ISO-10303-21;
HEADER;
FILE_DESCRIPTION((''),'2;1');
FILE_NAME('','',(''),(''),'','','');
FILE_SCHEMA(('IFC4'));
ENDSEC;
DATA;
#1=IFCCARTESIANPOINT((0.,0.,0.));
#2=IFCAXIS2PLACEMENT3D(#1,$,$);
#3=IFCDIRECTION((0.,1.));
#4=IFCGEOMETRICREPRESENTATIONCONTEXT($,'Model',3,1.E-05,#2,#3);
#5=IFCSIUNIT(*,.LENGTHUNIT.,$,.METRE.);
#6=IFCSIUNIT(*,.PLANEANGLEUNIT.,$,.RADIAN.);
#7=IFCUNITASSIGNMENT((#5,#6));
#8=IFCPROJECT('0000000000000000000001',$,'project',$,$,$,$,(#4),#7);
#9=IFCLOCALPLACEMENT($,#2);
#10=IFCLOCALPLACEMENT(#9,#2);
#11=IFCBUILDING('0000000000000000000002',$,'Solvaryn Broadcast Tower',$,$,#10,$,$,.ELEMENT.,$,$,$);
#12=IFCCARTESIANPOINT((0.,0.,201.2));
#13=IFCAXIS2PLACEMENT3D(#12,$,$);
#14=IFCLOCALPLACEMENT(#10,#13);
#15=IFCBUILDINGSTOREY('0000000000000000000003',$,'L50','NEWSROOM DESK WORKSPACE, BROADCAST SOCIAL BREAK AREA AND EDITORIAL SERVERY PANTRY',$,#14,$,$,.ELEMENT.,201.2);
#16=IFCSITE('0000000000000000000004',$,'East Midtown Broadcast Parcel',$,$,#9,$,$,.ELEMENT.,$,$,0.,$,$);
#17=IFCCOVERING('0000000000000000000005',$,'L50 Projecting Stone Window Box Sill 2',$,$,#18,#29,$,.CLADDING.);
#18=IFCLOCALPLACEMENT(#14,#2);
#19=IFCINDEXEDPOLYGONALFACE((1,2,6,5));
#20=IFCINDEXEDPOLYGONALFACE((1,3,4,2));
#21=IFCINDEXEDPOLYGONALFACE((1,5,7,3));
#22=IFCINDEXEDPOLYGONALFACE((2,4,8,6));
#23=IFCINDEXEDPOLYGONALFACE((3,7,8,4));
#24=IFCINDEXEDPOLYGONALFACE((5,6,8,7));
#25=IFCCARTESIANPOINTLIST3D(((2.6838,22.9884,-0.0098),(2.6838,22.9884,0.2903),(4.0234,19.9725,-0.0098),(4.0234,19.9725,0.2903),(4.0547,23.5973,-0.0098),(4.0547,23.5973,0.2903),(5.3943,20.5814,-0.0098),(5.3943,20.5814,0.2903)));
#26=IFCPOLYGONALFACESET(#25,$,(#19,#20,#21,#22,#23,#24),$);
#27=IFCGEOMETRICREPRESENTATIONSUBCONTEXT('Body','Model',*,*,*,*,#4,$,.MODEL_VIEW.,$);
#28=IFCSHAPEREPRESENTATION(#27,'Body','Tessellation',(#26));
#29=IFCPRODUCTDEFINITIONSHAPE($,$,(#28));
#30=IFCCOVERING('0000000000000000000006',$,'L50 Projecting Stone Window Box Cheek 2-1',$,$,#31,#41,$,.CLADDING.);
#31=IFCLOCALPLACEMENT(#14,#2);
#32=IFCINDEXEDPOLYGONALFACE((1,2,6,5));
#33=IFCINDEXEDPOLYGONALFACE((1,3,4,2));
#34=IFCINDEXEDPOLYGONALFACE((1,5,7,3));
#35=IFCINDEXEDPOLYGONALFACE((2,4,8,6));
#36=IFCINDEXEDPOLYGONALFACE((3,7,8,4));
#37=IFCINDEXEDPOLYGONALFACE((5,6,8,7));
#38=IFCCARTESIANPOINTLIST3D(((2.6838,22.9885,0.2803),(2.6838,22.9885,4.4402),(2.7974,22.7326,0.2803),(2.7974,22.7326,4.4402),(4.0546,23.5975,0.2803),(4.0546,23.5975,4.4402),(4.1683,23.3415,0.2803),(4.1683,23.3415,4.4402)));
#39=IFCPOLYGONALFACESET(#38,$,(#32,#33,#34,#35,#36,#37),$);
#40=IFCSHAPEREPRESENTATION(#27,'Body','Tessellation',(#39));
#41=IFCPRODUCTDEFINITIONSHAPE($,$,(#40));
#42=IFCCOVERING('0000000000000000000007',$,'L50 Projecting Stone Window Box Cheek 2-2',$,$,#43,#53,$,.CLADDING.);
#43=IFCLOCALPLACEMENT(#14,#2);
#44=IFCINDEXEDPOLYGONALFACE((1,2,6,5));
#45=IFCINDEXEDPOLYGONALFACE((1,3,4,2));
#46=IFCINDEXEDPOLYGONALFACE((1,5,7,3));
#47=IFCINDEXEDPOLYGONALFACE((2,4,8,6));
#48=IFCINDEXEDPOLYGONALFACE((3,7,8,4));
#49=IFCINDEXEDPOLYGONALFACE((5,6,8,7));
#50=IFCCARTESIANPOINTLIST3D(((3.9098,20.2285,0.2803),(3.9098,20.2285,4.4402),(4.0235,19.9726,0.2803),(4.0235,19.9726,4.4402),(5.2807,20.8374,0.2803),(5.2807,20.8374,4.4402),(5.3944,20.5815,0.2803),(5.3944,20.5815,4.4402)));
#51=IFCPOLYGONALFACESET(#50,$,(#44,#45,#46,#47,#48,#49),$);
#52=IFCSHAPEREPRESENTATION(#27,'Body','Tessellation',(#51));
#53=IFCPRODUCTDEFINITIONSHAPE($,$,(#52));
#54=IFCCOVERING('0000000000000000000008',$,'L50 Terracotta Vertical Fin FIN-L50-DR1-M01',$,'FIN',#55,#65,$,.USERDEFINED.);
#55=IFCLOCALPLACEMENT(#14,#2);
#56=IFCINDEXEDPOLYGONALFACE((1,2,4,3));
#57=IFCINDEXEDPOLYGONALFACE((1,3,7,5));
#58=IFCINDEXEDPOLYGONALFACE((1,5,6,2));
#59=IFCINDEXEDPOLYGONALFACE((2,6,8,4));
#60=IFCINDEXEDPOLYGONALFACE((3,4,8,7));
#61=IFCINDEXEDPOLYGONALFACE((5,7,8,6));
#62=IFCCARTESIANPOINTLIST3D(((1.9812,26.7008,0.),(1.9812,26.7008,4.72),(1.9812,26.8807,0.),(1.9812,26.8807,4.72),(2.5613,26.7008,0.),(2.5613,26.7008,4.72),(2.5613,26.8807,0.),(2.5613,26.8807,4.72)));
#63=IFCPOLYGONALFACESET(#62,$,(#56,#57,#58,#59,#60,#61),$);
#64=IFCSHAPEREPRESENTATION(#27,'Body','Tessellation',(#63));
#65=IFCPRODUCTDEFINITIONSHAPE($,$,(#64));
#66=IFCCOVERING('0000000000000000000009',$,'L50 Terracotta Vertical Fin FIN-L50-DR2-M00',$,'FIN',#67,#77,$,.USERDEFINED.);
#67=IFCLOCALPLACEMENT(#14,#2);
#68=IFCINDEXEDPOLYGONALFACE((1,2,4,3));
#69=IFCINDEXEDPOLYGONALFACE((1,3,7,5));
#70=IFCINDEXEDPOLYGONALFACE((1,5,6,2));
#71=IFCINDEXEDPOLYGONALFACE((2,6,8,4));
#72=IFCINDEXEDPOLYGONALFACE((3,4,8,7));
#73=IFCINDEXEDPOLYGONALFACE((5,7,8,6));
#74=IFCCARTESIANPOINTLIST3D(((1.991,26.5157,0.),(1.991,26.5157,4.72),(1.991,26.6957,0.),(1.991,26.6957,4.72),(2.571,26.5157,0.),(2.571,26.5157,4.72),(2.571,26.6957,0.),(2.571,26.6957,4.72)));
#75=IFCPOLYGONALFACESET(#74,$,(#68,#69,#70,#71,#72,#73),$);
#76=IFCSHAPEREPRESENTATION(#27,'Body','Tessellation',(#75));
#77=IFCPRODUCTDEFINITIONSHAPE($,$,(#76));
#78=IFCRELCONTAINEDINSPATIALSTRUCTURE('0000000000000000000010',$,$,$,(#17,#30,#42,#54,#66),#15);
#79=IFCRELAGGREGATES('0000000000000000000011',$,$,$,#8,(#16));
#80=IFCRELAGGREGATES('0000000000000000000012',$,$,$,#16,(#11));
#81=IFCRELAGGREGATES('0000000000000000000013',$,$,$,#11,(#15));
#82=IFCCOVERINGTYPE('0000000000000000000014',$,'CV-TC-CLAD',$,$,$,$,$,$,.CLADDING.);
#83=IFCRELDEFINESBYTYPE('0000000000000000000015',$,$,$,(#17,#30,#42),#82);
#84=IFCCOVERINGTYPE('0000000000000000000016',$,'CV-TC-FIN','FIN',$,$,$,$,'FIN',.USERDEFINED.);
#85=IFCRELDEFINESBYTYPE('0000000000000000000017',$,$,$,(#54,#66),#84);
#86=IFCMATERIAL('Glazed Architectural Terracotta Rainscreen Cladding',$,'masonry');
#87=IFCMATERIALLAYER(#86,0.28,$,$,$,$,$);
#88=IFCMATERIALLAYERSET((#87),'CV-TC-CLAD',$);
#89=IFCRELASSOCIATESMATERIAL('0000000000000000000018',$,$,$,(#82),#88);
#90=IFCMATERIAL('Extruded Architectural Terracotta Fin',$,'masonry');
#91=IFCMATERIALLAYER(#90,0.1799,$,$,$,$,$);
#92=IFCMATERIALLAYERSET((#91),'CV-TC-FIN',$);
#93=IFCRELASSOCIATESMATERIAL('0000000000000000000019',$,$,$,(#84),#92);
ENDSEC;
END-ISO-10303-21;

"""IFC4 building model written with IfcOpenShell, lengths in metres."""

from ifc_helpers import new_model, si_unit, direction, frame, origin, origin_2d, place, context, subcontext, project, spatial, rectangle, extrude, material, layer, layer_set, type_object, element, save


model = new_model("IFC4")

# Units and contexts
model_context = context("Model", 3, precision=1e-05, world=origin(), true_north=direction((0.0, 1.0)))
body_context = subcontext(model_context, "Body", "Model", "MODEL_VIEW")
ifc_project = project(units=[si_unit("LENGTHUNIT", "METRE"), si_unit("PLANEANGLEUNIT", "RADIAN")], contexts=[model_context])

# Site, building, storey
site_placement = place(None, origin())
site = spatial("IfcSite", under=ifc_project, at=site_placement, Name="East Midtown Broadcast Parcel", CompositionType="ELEMENT", RefElevation=0.0)
building_placement = place(site_placement, origin())
building = spatial("IfcBuilding", under=site, at=building_placement, Name="Solvaryn Broadcast Tower", CompositionType="ELEMENT")
storey_placement = place(building_placement, frame((0.0, 0.0, 201.2)))
storey = spatial("IfcBuildingStorey", under=building, at=storey_placement, Name="L50", Description="NEWSROOM DESK WORKSPACE, BROADCAST SOCIAL BREAK AREA AND EDITORIAL SERVERY PANTRY", CompositionType="ELEMENT", Elevation=201.2)

# Coverings
ifc_material_1 = material(Name="Glazed Architectural Terracotta Rainscreen Cladding", Category="masonry")
ifc_layer_1 = layer(ifc_material_1, 0.28)
ifc_layer_set_1 = layer_set([ifc_layer_1], Name="CV-TC-CLAD")
covering_type_1 = type_object("IfcCoveringType", Name="CV-TC-CLAD", PredefinedType="CLADDING", material=ifc_layer_set_1)
for number, where, z_axis, x_axis, name in (
    (1, (4.0391, 21.7849, -0.0098), (0.0, 0.0, 1.0), (0.405939, -0.9139, 0.0), "L50 Projecting Stone Window Box Sill 2"),
):
    element("IfcCovering", number, at=place(storey_placement, frame(where, z_axis=z_axis, x_axis=x_axis)), inside=storey, type_object=covering_type_1, Name=name, PredefinedType="CLADDING", context=body_context, shape_type="SweptSolid", body=[
        extrude(rectangle(XDim=3.3, YDim=1.5, at=origin_2d()), origin(), (0.0, 0.0, 1.0), 0.3),
    ])
for number, where, z_axis, x_axis, name in (
    (2, (3.426, 23.165, 0.2803), (0.0, 0.0, 1.0), (0.405939, -0.9139, 0.0), "L50 Projecting Stone Window Box Cheek 2-1"),
    (3, (4.6521, 20.405, 0.2803), (0.0, 0.0, 1.0), (0.405939, -0.9139, 0.0), "L50 Projecting Stone Window Box Cheek 2-2"),
):
    element("IfcCovering", number, at=place(storey_placement, frame(where, z_axis=z_axis, x_axis=x_axis)), inside=storey, type_object=covering_type_1, Name=name, PredefinedType="CLADDING", context=body_context, shape_type="SweptSolid", body=[
        extrude(rectangle(XDim=0.28, YDim=1.5, at=origin_2d()), origin(), (0.0, 0.0, 1.0), 4.1599),
    ])
ifc_material_2 = material(Name="Extruded Architectural Terracotta Fin", Category="masonry")
ifc_layer_2 = layer(ifc_material_2, 0.1799)
ifc_layer_set_2 = layer_set([ifc_layer_2], Name="CV-TC-FIN")
covering_type_2 = type_object("IfcCoveringType", Name="CV-TC-FIN", Description="FIN", ElementType="FIN", PredefinedType="USERDEFINED", material=ifc_layer_set_2)
for number, where, z_axis, x_axis, name in (
    (4, (2.2712, 26.7908, 0.0), (0.0, 0.0, 1.0), (1.0, 0.0, 0.0), "L50 Terracotta Vertical Fin FIN-L50-DR1-M01"),
    (5, (2.281, 26.6057, 0.0), (0.0, 0.0, 1.0), (1.0, 0.0, 0.0), "L50 Terracotta Vertical Fin FIN-L50-DR2-M00"),
):
    element("IfcCovering", number, at=place(storey_placement, frame(where, z_axis=z_axis, x_axis=x_axis)), inside=storey, type_object=covering_type_2, Name=name, ObjectType="FIN", PredefinedType="USERDEFINED", context=body_context, shape_type="SweptSolid", body=[
        extrude(rectangle(XDim=0.5801, YDim=0.1799, at=origin_2d()), origin(), (0.0, 0.0, 1.0), 4.72),
    ])

save(model, "model.ifc")
